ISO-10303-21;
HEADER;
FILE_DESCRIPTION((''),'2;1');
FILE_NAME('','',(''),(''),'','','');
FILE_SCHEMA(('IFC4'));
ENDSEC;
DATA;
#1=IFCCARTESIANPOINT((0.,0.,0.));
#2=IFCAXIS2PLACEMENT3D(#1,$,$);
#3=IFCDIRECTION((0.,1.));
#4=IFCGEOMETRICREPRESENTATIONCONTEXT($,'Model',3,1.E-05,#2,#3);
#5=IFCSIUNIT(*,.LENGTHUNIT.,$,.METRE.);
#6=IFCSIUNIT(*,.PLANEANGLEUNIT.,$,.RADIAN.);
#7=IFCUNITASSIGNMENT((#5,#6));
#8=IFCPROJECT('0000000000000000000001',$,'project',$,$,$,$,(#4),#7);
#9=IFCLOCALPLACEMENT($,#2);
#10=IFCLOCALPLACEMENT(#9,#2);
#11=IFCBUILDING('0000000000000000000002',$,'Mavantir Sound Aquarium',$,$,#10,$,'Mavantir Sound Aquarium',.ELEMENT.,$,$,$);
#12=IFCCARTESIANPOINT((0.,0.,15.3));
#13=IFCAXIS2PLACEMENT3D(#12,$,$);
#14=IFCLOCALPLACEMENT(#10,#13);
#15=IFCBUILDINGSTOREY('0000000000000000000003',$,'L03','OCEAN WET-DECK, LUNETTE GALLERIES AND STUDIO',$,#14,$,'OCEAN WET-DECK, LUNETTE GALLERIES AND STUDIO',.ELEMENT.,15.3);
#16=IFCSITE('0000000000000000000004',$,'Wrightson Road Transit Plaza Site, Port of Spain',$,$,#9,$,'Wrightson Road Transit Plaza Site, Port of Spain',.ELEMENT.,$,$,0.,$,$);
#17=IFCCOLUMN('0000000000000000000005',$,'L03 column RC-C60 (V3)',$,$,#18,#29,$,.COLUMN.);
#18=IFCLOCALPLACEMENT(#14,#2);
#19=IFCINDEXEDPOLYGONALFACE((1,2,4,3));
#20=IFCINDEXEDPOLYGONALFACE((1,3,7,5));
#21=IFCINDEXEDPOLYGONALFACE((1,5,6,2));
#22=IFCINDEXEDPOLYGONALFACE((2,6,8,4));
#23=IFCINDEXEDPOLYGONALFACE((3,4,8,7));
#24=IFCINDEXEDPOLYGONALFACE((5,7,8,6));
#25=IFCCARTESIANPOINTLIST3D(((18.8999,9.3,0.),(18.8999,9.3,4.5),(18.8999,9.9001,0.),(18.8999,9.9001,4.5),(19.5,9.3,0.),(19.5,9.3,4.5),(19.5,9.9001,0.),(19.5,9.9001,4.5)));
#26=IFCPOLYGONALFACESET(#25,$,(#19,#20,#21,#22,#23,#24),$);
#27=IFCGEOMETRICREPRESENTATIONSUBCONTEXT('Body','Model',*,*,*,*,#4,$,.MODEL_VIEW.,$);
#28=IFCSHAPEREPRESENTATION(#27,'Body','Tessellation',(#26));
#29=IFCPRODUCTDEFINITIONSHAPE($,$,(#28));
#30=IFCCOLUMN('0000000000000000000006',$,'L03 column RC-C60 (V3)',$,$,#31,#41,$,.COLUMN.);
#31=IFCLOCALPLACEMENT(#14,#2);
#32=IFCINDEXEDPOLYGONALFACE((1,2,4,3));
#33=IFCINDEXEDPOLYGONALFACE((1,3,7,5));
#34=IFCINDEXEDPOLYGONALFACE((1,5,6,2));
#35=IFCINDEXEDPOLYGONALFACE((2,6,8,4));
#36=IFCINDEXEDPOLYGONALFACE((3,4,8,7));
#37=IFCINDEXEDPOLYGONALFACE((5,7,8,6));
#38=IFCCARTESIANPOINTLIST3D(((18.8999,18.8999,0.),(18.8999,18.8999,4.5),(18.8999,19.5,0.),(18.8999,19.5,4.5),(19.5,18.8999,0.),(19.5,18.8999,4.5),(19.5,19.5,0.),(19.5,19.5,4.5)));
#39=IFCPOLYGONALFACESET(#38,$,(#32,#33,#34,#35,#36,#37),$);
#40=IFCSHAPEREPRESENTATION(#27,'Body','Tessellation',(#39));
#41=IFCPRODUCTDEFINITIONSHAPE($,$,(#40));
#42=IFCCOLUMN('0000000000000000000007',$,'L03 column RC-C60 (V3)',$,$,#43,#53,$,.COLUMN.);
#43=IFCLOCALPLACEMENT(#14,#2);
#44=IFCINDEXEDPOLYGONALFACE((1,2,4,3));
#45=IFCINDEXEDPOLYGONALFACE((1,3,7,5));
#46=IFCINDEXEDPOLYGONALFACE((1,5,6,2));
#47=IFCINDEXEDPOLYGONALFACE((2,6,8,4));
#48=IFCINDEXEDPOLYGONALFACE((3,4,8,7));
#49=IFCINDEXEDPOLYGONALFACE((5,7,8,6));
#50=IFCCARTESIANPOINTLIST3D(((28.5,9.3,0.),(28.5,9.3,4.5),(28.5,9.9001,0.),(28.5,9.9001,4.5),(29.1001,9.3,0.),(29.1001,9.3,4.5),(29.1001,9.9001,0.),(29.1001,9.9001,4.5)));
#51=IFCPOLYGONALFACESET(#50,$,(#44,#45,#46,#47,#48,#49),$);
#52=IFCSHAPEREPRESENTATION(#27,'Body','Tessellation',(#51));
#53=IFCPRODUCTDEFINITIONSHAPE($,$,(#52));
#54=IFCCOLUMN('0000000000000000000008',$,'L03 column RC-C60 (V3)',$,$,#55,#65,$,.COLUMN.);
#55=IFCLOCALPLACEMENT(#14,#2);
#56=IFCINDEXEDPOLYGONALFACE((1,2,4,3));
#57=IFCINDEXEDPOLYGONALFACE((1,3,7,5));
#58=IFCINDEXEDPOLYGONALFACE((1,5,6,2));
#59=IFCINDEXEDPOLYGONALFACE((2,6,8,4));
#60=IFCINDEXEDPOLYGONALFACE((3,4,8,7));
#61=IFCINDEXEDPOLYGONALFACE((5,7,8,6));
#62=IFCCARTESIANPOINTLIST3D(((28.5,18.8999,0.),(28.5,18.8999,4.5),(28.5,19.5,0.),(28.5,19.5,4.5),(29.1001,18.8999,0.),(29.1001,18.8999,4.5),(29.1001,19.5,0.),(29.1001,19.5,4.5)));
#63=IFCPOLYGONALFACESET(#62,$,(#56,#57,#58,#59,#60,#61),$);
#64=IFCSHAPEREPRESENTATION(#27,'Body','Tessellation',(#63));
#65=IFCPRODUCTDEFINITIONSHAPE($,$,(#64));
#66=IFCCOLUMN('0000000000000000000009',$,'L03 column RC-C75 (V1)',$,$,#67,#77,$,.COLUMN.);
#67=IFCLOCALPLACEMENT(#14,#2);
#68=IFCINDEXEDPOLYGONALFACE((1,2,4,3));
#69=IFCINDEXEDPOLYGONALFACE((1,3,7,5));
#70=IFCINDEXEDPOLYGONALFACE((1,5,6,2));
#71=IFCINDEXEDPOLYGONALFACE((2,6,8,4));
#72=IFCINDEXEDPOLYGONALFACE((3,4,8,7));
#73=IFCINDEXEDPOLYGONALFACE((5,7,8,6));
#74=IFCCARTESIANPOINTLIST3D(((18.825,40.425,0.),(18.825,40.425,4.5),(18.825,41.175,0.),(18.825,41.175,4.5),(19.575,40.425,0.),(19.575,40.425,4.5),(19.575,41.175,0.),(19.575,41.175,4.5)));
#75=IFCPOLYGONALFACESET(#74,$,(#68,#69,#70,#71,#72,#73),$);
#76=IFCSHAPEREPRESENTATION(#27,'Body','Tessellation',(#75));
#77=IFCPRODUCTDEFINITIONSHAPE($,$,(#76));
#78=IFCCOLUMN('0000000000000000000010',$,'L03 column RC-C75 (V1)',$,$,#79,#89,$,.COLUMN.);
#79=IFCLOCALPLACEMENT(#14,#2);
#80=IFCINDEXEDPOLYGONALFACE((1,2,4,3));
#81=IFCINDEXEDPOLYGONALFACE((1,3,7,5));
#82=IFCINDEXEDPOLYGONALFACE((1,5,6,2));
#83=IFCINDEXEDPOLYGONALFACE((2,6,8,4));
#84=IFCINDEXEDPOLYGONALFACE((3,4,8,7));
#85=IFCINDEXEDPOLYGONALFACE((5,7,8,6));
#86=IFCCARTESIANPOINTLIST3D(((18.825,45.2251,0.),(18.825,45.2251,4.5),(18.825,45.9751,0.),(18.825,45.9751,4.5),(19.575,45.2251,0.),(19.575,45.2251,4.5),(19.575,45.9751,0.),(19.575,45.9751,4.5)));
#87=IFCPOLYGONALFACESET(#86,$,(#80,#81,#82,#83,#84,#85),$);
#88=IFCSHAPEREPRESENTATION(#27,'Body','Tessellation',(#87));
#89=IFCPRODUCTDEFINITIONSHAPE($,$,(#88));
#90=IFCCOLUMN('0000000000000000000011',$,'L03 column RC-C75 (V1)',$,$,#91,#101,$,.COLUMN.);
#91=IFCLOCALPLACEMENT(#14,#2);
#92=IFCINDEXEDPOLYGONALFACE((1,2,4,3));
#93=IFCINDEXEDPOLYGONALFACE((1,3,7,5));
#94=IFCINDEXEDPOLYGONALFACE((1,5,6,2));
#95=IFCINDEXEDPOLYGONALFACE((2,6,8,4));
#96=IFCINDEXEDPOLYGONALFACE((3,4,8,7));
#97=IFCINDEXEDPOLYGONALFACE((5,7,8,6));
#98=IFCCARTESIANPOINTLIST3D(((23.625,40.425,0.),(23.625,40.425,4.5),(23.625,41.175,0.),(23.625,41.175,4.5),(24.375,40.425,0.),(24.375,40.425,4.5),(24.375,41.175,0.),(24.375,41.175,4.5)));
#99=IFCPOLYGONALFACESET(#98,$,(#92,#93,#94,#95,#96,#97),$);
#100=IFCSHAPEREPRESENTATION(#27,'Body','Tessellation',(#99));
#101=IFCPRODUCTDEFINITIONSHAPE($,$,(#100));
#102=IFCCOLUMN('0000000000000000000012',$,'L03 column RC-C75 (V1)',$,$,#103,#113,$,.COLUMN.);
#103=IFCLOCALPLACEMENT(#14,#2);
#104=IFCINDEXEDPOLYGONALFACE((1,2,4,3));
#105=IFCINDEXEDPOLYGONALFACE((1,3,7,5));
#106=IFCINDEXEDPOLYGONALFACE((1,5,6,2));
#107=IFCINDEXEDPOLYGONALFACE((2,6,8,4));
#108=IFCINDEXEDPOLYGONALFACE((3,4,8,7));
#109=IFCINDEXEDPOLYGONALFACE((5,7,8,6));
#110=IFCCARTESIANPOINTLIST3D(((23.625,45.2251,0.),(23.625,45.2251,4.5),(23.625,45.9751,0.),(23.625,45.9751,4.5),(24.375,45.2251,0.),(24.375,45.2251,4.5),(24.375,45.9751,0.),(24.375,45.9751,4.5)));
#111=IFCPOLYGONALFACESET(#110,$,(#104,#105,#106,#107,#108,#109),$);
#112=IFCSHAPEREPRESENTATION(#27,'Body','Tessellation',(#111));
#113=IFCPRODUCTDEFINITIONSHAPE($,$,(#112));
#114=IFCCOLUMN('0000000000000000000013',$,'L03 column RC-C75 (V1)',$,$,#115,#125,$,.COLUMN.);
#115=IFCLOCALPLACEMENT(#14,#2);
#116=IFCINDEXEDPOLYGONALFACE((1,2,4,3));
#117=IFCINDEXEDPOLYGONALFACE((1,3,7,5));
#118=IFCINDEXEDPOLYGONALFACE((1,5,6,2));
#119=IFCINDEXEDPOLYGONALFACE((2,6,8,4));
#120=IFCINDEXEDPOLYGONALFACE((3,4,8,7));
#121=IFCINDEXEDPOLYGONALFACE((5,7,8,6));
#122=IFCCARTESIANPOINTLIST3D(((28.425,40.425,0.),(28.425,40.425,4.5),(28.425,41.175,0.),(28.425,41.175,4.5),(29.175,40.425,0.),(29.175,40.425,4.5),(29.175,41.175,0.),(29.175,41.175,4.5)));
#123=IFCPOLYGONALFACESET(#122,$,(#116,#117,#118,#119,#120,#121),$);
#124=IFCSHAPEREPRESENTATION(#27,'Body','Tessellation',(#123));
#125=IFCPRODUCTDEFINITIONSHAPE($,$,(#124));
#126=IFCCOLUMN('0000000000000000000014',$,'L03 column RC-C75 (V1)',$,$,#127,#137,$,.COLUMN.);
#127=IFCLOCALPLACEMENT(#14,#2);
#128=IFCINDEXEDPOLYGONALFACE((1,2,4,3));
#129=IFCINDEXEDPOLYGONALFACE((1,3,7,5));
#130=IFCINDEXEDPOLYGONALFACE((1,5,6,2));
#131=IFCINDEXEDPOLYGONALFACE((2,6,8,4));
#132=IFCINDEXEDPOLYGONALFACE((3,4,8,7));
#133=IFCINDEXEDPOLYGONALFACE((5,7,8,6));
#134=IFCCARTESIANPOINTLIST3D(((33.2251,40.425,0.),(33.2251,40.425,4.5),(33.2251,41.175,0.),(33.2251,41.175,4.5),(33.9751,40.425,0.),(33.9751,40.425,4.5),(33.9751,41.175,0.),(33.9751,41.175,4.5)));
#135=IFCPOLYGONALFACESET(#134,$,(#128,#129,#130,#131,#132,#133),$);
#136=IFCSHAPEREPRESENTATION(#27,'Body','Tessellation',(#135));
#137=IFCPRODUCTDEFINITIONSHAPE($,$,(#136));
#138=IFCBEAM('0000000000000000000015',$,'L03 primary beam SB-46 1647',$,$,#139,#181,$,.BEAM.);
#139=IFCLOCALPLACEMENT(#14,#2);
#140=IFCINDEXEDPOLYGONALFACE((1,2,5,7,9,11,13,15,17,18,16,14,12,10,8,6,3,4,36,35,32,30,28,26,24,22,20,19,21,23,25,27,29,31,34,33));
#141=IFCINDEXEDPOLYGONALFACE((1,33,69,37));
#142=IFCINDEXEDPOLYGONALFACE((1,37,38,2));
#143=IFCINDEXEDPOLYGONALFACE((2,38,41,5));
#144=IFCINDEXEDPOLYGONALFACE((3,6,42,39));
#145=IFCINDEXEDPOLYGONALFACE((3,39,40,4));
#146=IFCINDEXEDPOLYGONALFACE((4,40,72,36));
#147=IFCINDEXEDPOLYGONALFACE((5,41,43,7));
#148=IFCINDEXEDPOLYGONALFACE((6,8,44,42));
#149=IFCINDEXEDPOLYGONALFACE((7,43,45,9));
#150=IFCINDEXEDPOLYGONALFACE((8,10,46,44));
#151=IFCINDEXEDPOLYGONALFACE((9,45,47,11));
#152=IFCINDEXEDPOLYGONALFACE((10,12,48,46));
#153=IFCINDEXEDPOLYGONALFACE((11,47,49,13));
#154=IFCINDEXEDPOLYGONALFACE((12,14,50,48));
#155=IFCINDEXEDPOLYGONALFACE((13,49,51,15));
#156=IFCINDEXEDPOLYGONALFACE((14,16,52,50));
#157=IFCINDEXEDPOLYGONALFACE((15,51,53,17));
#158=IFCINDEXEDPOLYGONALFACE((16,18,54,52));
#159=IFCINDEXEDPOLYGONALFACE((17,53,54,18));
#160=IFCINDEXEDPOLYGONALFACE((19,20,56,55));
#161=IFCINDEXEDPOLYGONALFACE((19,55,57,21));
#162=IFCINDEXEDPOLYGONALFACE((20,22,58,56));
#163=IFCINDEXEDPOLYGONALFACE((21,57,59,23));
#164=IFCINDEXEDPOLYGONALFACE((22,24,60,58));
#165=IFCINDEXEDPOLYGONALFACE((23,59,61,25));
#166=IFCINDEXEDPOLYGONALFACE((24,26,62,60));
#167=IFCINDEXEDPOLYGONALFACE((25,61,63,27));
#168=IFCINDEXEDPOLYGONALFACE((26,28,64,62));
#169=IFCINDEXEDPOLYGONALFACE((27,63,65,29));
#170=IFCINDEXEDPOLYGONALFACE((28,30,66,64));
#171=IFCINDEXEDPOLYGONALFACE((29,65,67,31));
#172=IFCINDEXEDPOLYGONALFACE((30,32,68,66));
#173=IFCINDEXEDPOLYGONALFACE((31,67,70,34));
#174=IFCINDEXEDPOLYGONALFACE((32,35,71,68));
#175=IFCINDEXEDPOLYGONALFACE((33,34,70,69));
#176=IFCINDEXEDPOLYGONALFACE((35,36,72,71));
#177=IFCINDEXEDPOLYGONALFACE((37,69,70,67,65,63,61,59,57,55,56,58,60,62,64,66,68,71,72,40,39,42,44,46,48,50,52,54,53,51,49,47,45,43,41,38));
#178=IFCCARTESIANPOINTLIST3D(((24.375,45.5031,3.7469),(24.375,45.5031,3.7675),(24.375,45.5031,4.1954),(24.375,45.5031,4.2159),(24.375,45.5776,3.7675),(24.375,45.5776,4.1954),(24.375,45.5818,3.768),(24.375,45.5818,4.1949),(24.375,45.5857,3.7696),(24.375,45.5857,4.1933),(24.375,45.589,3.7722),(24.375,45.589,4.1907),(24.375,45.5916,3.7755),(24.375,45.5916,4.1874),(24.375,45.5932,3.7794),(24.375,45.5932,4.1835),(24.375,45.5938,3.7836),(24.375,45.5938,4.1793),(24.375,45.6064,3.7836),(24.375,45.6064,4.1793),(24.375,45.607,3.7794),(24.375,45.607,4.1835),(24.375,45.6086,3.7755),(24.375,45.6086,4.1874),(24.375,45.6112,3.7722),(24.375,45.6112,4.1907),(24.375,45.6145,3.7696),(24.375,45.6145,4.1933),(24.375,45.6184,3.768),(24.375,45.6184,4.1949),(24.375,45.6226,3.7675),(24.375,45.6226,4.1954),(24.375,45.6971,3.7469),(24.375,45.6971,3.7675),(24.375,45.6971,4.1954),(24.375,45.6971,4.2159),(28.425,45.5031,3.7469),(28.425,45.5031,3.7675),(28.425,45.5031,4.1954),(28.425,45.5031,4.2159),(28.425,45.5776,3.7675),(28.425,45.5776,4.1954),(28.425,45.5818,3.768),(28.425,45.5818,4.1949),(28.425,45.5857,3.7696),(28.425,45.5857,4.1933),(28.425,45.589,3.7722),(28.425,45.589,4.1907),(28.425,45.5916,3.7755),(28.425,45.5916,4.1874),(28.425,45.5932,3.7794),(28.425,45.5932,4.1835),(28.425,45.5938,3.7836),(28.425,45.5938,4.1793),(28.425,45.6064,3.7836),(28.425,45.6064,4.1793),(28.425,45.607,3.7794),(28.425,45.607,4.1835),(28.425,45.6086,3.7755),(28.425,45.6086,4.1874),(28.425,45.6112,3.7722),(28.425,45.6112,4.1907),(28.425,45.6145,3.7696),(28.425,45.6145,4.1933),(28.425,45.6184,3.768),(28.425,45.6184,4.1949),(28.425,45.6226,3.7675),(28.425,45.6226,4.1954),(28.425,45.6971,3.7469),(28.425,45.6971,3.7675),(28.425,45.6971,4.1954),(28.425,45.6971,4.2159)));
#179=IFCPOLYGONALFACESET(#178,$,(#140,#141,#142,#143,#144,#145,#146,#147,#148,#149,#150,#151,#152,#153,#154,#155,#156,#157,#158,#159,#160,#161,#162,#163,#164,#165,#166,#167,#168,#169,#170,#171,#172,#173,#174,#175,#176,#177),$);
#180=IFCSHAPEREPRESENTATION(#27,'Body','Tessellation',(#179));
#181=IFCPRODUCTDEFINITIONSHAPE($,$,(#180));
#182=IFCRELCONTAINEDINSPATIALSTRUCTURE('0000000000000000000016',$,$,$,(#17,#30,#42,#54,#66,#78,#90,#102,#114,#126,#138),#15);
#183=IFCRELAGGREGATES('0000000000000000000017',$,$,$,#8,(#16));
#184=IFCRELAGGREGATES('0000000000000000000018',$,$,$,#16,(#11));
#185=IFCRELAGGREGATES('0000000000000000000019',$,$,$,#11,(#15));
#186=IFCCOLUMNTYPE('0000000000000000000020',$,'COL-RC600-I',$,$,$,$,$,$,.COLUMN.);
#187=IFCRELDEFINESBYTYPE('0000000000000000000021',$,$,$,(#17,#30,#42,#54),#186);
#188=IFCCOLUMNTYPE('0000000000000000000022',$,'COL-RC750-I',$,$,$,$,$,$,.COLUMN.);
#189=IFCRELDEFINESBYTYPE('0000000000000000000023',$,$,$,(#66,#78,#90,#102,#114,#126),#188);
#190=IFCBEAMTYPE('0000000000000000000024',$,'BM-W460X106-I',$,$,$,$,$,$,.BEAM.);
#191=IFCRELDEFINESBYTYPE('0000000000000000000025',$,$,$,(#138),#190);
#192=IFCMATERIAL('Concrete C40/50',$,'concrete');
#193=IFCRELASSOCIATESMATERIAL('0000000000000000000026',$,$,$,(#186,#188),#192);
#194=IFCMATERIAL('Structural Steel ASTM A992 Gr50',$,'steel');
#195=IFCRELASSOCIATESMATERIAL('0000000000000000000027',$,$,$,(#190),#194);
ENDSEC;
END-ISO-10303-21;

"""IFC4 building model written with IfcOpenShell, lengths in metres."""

from ifc_helpers import new_model, si_unit, direction, frame, origin, origin_2d, place, context, subcontext, project, spatial, rectangle, i_section, extrude, material, material_profile, profile_set, type_object, element, save


model = new_model("IFC4")

# Units and contexts
model_context = context("Model", 3, precision=1e-05, world=origin(), true_north=direction((0.0, 1.0)))
body_context = subcontext(model_context, "Body", "Model", "MODEL_VIEW")
ifc_project = project(units=[si_unit("LENGTHUNIT", "METRE"), si_unit("PLANEANGLEUNIT", "RADIAN")], contexts=[model_context])

# Site, building, storey
site_placement = place(None, origin())
site = spatial("IfcSite", under=ifc_project, at=site_placement, Name="Wrightson Road Transit Plaza Site, Port of Spain", LongName="Wrightson Road Transit Plaza Site, Port of Spain", CompositionType="ELEMENT", RefElevation=0.0)
building_placement = place(site_placement, origin())
building = spatial("IfcBuilding", under=site, at=building_placement, Name="Mavantir Sound Aquarium", LongName="Mavantir Sound Aquarium", CompositionType="ELEMENT")
storey_placement = place(building_placement, frame((0.0, 0.0, 15.3)))
storey = spatial("IfcBuildingStorey", under=building, at=storey_placement, Name="L03", Description="OCEAN WET-DECK, LUNETTE GALLERIES AND STUDIO", LongName="OCEAN WET-DECK, LUNETTE GALLERIES AND STUDIO", CompositionType="ELEMENT", Elevation=15.3)

# Columns
ifc_material_1 = material(Name="Concrete C40/50", Category="concrete")
ifc_material_profile_1 = material_profile(ifc_material_1, rectangle(XDim=0.6001, YDim=0.6001, at=origin_2d()), Name="RC 600X600")
ifc_profile_set_1 = profile_set([ifc_material_profile_1], Name="Concrete C40/50")
column_type_1 = type_object("IfcColumnType", Name="COL-RC600-I", PredefinedType="COLUMN", material=ifc_profile_set_1)
for number, where, z_axis, x_axis, name in (
    (1, (19.2, 9.6001, 0.0), (0.0, 0.0, 1.0), (1.0, 0.0, 0.0), "L03 column RC-C60 (V3)"),
    (2, (19.2, 19.2, 0.0), (0.0, 0.0, 1.0), (1.0, 0.0, 0.0), "L03 column RC-C60 (V3)"),
    (3, (28.8, 9.6001, 0.0), (0.0, 0.0, 1.0), (1.0, 0.0, 0.0), "L03 column RC-C60 (V3)"),
    (4, (28.8, 19.2, 0.0), (0.0, 0.0, 1.0), (1.0, 0.0, 0.0), "L03 column RC-C60 (V3)"),
):
    element("IfcColumn", number, at=place(storey_placement, frame(where, z_axis=z_axis, x_axis=x_axis)), inside=storey, type_object=column_type_1, Name=name, PredefinedType="COLUMN", context=body_context, shape_type="SweptSolid", body=[
        extrude(rectangle(XDim=0.6001, YDim=0.6001, at=origin_2d()), origin(), (0.0, 0.0, 1.0), 4.5),
    ])
ifc_material_profile_2 = material_profile(ifc_material_1, rectangle(XDim=0.75, YDim=0.75, at=origin_2d()), Name="RC 750X750")
ifc_profile_set_2 = profile_set([ifc_material_profile_2], Name="Concrete C40/50")
column_type_2 = type_object("IfcColumnType", Name="COL-RC750-I", PredefinedType="COLUMN", material=ifc_profile_set_2)
for number, where, z_axis, x_axis, name in (
    (5, (19.2, 40.8, 0.0), (0.0, 0.0, 1.0), (1.0, 0.0, 0.0), "L03 column RC-C75 (V1)"),
    (6, (19.2, 45.6001, 0.0), (0.0, 0.0, 1.0), (1.0, 0.0, 0.0), "L03 column RC-C75 (V1)"),
    (7, (24.0, 40.8, 0.0), (0.0, 0.0, 1.0), (1.0, 0.0, 0.0), "L03 column RC-C75 (V1)"),
    (8, (24.0, 45.6001, 0.0), (0.0, 0.0, 1.0), (1.0, 0.0, 0.0), "L03 column RC-C75 (V1)"),
    (9, (28.8, 40.8, 0.0), (0.0, 0.0, 1.0), (1.0, 0.0, 0.0), "L03 column RC-C75 (V1)"),
    (10, (33.6001, 40.8, 0.0), (0.0, 0.0, 1.0), (1.0, 0.0, 0.0), "L03 column RC-C75 (V1)"),
):
    element("IfcColumn", number, at=place(storey_placement, frame(where, z_axis=z_axis, x_axis=x_axis)), inside=storey, type_object=column_type_2, Name=name, PredefinedType="COLUMN", context=body_context, shape_type="SweptSolid", body=[
        extrude(rectangle(XDim=0.75, YDim=0.75, at=origin_2d()), origin(), (0.0, 0.0, 1.0), 4.5),
    ])

# Beam
ifc_material_2 = material(Name="Structural Steel ASTM A992 Gr50", Category="steel")
ifc_material_profile_3 = material_profile(ifc_material_2, i_section(OverallWidth=0.1941, OverallDepth=0.469, WebThickness=0.0127, FlangeThickness=0.0205, FilletRadius=0.0161, at=origin_2d()), Name="W460X106")
ifc_profile_set_3 = profile_set([ifc_material_profile_3], Name="Structural Steel ASTM A992 Gr50")
beam_type_1 = type_object("IfcBeamType", Name="BM-W460X106-I", PredefinedType="BEAM", material=ifc_profile_set_3)
beam_1_placement = place(storey_placement, frame((24.375, 45.6001, 3.9814), z_axis=(1.0, 0.0, 0.0), x_axis=(0.0, 1.0, 0.0)))
element("IfcBeam", 11, at=beam_1_placement, inside=storey, type_object=beam_type_1, Name="L03 primary beam SB-46 1647", PredefinedType="BEAM", context=body_context, shape_type="SweptSolid", body=[
    extrude(i_section(OverallWidth=0.1941, OverallDepth=0.469, WebThickness=0.0127, FlangeThickness=0.0205, FilletRadius=0.0161, at=origin_2d()), origin(), (0.0, 0.0, 1.0), 4.05),
])

save(model, "model.ifc")
